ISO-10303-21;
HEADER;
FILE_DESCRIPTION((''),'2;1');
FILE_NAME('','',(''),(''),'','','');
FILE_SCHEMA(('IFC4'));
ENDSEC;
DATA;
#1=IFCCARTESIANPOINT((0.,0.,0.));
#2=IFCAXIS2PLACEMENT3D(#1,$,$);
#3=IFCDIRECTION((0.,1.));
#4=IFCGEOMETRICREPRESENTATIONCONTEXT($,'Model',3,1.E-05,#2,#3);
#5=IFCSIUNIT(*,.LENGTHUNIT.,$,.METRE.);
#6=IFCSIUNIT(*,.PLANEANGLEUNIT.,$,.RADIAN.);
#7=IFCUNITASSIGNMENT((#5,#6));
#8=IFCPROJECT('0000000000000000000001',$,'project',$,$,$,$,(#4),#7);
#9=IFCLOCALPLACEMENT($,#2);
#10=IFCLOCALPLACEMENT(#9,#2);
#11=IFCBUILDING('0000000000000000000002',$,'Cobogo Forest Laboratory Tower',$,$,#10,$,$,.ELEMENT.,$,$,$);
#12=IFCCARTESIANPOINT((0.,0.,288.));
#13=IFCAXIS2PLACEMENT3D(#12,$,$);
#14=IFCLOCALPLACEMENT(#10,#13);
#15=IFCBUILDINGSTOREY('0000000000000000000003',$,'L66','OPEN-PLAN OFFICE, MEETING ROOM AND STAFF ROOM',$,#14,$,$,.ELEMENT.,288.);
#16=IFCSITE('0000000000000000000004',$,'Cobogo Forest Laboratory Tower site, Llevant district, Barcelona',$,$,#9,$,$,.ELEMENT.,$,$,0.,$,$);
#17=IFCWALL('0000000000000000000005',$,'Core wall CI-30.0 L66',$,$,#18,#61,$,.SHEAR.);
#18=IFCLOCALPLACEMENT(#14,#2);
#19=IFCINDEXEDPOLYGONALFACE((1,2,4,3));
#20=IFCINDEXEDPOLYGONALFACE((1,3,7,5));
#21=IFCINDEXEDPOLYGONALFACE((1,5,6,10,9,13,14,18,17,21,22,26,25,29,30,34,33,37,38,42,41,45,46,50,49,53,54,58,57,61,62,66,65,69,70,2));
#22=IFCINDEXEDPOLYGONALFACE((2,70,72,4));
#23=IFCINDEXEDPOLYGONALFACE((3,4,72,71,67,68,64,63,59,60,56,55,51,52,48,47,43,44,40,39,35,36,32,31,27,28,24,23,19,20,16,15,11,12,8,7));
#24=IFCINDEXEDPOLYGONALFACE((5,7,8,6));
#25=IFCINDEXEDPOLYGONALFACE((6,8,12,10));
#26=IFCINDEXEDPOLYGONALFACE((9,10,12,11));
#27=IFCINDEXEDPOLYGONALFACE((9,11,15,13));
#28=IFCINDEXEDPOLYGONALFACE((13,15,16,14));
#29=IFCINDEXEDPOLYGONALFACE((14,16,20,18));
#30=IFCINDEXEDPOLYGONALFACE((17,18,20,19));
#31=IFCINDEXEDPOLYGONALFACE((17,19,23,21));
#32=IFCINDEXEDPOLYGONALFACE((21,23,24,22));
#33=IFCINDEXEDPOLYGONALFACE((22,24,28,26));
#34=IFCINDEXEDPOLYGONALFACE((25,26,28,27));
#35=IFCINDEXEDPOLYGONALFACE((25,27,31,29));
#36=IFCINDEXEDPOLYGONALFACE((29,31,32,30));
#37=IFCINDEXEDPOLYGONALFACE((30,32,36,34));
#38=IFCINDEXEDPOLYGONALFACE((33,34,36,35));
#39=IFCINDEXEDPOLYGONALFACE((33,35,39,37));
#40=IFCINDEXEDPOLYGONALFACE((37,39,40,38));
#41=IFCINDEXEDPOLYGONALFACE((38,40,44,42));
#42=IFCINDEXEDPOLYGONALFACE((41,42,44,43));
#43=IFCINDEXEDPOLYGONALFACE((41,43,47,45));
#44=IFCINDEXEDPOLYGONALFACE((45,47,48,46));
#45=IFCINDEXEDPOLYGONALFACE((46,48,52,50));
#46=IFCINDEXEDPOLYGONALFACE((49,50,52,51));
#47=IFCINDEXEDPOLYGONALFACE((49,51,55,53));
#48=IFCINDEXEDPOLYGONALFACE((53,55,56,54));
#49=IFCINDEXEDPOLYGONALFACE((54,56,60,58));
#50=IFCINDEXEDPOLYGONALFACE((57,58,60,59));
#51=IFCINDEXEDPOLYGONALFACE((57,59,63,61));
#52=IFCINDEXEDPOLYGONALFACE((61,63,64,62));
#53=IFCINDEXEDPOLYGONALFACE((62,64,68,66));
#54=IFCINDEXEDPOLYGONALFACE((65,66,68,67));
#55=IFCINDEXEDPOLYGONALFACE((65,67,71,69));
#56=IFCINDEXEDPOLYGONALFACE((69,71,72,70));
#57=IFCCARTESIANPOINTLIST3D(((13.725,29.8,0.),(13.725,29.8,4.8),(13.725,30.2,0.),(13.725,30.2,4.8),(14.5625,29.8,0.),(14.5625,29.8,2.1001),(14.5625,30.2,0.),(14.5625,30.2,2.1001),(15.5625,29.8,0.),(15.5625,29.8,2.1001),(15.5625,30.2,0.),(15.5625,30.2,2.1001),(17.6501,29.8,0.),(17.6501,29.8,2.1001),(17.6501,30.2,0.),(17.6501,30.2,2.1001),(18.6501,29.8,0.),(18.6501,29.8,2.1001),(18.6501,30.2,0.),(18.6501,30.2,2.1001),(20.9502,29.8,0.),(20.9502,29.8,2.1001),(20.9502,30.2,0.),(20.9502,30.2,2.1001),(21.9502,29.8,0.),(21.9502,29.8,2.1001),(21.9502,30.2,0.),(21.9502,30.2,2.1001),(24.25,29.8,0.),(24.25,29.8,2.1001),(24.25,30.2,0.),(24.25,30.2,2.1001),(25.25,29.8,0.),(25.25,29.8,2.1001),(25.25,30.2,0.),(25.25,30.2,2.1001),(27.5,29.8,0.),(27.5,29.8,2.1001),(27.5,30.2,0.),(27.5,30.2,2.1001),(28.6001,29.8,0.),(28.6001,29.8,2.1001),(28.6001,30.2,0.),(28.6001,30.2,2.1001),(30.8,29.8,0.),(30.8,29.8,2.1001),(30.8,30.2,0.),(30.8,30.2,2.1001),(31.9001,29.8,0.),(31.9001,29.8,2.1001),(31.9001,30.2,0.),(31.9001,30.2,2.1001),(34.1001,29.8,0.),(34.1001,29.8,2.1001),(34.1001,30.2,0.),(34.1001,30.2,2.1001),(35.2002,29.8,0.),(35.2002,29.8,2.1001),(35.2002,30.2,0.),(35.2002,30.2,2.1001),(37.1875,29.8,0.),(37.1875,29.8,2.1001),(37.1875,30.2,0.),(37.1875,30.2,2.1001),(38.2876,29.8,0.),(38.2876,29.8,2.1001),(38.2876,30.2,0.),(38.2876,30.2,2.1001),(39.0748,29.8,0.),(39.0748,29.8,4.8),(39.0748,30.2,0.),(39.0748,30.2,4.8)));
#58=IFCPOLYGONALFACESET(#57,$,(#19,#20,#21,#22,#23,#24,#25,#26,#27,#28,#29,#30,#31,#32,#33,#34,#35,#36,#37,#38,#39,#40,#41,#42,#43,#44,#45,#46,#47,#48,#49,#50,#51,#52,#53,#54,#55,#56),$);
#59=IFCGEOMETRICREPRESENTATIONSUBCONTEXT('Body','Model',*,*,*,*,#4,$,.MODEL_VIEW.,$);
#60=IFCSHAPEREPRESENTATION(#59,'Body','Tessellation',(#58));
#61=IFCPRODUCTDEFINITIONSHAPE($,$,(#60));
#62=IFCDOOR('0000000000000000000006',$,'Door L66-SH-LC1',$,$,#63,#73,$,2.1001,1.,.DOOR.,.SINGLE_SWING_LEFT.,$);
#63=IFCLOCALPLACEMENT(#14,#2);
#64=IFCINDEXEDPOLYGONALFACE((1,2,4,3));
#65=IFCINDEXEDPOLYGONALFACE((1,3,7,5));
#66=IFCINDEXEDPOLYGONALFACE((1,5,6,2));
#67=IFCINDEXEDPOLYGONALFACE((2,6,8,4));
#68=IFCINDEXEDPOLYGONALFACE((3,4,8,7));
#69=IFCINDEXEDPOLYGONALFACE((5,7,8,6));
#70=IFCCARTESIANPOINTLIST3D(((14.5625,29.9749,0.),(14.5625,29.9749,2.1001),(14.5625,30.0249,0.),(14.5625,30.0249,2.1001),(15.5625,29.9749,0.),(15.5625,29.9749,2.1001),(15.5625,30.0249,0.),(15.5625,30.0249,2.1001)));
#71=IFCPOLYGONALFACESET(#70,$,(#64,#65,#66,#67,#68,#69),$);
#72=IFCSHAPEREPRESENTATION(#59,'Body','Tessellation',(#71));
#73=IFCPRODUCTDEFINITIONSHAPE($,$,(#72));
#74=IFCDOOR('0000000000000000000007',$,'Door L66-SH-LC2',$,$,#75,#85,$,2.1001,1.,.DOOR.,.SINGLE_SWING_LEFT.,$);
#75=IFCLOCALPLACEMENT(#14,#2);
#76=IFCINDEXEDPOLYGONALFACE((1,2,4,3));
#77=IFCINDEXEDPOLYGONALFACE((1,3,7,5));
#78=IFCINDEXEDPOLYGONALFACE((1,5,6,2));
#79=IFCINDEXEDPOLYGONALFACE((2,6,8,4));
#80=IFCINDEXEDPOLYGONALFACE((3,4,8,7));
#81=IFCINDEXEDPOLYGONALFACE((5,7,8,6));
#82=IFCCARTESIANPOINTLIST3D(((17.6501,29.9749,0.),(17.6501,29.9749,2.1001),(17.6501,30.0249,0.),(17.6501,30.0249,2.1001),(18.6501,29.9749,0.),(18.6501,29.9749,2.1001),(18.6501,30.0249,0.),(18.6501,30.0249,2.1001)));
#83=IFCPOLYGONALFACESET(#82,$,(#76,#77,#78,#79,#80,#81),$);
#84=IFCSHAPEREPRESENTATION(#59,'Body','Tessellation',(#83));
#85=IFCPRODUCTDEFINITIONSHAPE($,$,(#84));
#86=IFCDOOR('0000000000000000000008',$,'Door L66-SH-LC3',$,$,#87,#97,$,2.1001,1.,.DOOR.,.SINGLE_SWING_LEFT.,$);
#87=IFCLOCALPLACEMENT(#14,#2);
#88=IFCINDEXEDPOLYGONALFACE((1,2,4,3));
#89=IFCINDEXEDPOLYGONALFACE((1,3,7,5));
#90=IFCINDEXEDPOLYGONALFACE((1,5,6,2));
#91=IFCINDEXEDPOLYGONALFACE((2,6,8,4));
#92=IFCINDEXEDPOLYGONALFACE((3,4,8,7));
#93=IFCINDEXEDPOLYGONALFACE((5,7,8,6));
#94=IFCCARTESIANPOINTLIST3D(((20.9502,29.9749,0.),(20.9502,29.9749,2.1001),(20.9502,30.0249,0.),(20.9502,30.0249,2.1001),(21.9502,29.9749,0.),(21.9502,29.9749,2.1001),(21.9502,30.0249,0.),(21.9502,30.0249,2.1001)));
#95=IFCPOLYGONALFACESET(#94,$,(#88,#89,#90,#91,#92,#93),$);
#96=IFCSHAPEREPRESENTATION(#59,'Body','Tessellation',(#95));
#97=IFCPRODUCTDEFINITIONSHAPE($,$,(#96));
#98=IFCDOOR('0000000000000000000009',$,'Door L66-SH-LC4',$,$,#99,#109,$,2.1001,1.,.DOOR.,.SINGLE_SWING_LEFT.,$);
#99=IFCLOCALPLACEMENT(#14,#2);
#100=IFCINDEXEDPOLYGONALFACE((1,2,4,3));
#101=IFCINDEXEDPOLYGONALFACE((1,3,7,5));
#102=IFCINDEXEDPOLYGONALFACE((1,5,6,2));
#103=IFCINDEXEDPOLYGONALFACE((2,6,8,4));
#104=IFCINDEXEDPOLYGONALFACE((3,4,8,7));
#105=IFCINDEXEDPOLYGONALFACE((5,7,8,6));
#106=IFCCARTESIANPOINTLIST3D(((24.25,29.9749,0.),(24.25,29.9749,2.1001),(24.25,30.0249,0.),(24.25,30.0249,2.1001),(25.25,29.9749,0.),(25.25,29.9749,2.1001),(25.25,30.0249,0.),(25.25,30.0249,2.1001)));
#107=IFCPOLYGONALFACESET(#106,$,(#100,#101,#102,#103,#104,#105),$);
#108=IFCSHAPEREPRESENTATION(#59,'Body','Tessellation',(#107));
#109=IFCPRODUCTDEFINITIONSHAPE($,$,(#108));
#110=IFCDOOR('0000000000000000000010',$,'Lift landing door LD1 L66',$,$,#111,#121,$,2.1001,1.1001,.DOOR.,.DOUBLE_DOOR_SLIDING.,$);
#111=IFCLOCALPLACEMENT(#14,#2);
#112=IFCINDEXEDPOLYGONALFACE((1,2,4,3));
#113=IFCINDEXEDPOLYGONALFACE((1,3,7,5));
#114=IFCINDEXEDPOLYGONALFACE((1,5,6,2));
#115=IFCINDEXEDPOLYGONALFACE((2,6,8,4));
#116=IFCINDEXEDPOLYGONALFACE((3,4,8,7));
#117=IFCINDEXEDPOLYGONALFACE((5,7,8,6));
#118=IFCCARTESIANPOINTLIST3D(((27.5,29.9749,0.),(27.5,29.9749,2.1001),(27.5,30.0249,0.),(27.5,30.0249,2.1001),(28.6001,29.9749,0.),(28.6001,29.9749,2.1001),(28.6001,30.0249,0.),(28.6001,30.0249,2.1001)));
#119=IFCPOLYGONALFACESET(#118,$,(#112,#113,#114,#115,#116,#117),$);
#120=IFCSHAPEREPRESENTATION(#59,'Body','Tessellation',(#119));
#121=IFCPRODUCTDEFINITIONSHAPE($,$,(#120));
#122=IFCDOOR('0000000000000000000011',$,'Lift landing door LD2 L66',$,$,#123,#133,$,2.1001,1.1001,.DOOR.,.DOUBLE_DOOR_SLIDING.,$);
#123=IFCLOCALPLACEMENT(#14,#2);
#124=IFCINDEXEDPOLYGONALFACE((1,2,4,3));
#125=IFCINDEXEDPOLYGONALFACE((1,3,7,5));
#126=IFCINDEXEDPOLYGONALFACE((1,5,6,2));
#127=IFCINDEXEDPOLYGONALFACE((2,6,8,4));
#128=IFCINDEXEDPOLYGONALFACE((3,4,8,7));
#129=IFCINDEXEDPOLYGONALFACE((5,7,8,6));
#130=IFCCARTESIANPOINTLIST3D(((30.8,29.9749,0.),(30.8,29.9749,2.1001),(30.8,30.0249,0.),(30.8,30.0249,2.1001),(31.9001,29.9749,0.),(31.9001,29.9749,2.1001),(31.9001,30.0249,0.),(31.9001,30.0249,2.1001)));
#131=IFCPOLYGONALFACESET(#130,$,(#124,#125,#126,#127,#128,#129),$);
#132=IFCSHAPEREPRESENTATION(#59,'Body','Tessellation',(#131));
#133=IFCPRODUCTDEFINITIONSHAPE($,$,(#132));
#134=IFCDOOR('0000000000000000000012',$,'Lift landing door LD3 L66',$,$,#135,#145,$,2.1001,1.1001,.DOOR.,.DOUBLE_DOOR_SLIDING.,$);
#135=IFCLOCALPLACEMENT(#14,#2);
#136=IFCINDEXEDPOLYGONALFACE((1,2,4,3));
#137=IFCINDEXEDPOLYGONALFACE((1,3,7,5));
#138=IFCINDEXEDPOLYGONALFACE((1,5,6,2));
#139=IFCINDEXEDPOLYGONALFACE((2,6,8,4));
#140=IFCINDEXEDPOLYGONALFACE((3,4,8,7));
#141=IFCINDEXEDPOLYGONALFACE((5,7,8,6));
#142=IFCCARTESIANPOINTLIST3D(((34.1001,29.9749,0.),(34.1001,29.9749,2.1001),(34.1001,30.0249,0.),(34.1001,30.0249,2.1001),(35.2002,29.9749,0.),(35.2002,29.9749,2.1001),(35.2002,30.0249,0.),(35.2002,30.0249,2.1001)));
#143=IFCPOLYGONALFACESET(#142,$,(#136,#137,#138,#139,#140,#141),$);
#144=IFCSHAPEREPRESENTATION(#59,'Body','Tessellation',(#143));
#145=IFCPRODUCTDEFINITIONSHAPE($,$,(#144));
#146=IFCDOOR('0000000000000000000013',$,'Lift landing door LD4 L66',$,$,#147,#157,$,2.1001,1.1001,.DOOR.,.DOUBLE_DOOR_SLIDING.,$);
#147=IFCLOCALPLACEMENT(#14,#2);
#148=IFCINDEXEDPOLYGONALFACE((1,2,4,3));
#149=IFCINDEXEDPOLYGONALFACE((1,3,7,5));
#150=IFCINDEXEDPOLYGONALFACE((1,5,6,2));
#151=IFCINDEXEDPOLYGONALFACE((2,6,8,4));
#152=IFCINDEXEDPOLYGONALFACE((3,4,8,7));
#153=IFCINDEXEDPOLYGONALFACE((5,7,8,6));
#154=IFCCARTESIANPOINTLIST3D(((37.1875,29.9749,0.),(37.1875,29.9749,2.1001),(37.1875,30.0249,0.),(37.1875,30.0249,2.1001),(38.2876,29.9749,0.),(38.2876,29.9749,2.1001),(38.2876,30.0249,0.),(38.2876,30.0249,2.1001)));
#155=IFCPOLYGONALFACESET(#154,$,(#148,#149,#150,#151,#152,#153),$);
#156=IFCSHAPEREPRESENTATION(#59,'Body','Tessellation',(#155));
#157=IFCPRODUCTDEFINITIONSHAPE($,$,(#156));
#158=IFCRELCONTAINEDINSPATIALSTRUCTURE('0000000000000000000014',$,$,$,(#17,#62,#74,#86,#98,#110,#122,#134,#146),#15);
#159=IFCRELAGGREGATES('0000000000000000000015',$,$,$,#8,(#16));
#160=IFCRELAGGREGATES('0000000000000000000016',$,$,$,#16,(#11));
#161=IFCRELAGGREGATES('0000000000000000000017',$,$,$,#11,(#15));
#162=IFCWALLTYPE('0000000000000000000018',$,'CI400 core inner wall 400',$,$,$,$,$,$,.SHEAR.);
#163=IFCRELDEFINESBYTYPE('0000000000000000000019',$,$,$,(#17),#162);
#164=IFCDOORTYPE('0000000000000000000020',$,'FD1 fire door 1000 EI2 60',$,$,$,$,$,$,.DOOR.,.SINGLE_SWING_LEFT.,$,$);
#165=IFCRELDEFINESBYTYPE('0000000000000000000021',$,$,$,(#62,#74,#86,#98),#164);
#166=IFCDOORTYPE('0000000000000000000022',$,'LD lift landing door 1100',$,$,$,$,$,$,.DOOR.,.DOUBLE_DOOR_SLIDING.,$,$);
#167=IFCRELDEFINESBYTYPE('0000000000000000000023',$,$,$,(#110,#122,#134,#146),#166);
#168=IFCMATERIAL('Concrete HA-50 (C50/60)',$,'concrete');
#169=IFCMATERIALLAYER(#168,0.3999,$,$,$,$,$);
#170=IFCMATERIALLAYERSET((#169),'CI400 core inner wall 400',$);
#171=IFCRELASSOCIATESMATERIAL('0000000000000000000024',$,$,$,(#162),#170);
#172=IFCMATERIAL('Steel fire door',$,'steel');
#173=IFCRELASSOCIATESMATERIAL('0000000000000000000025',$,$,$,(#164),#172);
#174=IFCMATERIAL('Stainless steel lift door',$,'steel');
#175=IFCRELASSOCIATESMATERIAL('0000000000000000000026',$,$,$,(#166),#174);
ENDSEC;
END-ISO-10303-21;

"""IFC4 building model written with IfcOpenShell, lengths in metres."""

from ifc_helpers import new_model, si_unit, direction, frame, frame_2d, origin, place, context, subcontext, project, spatial, rectangle, extrude, material, layer, layer_set, type_object, element, fill, save


model = new_model("IFC4")

# Units and contexts
model_context = context("Model", 3, precision=1e-05, world=origin(), true_north=direction((0.0, 1.0)))
body_context = subcontext(model_context, "Body", "Model", "MODEL_VIEW")
ifc_project = project(units=[si_unit("LENGTHUNIT", "METRE"), si_unit("PLANEANGLEUNIT", "RADIAN")], contexts=[model_context])

# Site, building, storey
site_placement = place(None, origin())
site = spatial("IfcSite", under=ifc_project, at=site_placement, Name="Cobogo Forest Laboratory Tower site, Llevant district, Barcelona", CompositionType="ELEMENT", RefElevation=0.0)
building_placement = place(site_placement, origin())
building = spatial("IfcBuilding", under=site, at=building_placement, Name="Cobogo Forest Laboratory Tower", CompositionType="ELEMENT")
storey_placement = place(building_placement, frame((0.0, 0.0, 288.0)))
storey = spatial("IfcBuildingStorey", under=building, at=storey_placement, Name="L66", Description="OPEN-PLAN OFFICE, MEETING ROOM AND STAFF ROOM", CompositionType="ELEMENT", Elevation=288.0)

# Shared definitions
ifc_material_1 = material(Name="Concrete HA-50 (C50/60)", Category="concrete")

# Wall, openings, doors
ifc_layer_1 = layer(ifc_material_1, 0.3999)
ifc_layer_set_1 = layer_set([ifc_layer_1], Name="CI400 core inner wall 400")
wall_type_1 = type_object("IfcWallType", Name="CI400 core inner wall 400", PredefinedType="SHEAR", material=ifc_layer_set_1)
wall_1_placement = place(storey_placement, frame((13.7251, 30.0, 0.0), z_axis=(0.0, 0.0, 1.0), x_axis=(1.0, 0.0, 0.0)))
wall_1 = element("IfcWall", 1, at=wall_1_placement, inside=storey, type_object=wall_type_1, Name="Core wall CI-30.0 L66", PredefinedType="SHEAR", context=body_context, shape_type="SweptSolid", body=[
    extrude(rectangle(XDim=25.3499, YDim=0.3999, at=frame_2d((12.6748, 0.0))), origin(), (0.0, 0.0, 1.0), 4.8),
])
opening_1_placement = place(wall_1_placement, frame((0.8374, 0.0, 0.0)))
opening_1 = element("IfcOpeningElement", 2, at=opening_1_placement, cuts=wall_1, PredefinedType="OPENING", context=body_context, shape_type="SweptSolid", body=[
    extrude(rectangle(XDim=1.0, YDim=2.1001, at=frame_2d((0.5, 1.05))), frame((0.0, 0.21, 0.0), z_axis=(0.0, -1.0, 0.0), x_axis=(1.0, 0.0, 0.0)), (0.0, 0.0, 1.0), 0.4199),
])
opening_2_placement = place(wall_1_placement, frame((3.925, 0.0, 0.0)))
opening_2 = element("IfcOpeningElement", 3, at=opening_2_placement, cuts=wall_1, PredefinedType="OPENING", context=body_context, shape_type="SweptSolid", body=[
    extrude(rectangle(XDim=1.0, YDim=2.1001, at=frame_2d((0.5, 1.05))), frame((0.0, 0.21, 0.0), z_axis=(0.0, -1.0, 0.0), x_axis=(1.0, 0.0, 0.0)), (0.0, 0.0, 1.0), 0.4199),
])
opening_3_placement = place(wall_1_placement, frame((7.2251, 0.0, 0.0)))
opening_3 = element("IfcOpeningElement", 4, at=opening_3_placement, cuts=wall_1, PredefinedType="OPENING", context=body_context, shape_type="SweptSolid", body=[
    extrude(rectangle(XDim=1.0, YDim=2.1001, at=frame_2d((0.5, 1.05))), frame((0.0, 0.21, 0.0), z_axis=(0.0, -1.0, 0.0), x_axis=(1.0, 0.0, 0.0)), (0.0, 0.0, 1.0), 0.4199),
])
opening_4_placement = place(wall_1_placement, frame((10.5249, 0.0, 0.0)))
opening_4 = element("IfcOpeningElement", 5, at=opening_4_placement, cuts=wall_1, PredefinedType="OPENING", context=body_context, shape_type="SweptSolid", body=[
    extrude(rectangle(XDim=1.0, YDim=2.1001, at=frame_2d((0.5, 1.05))), frame((0.0, 0.21, 0.0), z_axis=(0.0, -1.0, 0.0), x_axis=(1.0, 0.0, 0.0)), (0.0, 0.0, 1.0), 0.4199),
])
opening_5_placement = place(wall_1_placement, frame((13.7749, 0.0, 0.0)))
opening_5 = element("IfcOpeningElement", 6, at=opening_5_placement, cuts=wall_1, PredefinedType="OPENING", context=body_context, shape_type="SweptSolid", body=[
    extrude(rectangle(XDim=1.1001, YDim=2.1001, at=frame_2d((0.55, 1.05))), frame((0.0, 0.21, 0.0), z_axis=(0.0, -1.0, 0.0), x_axis=(1.0, 0.0, 0.0)), (0.0, 0.0, 1.0), 0.4199),
])
opening_6_placement = place(wall_1_placement, frame((17.075, 0.0, 0.0)))
opening_6 = element("IfcOpeningElement", 7, at=opening_6_placement, cuts=wall_1, PredefinedType="OPENING", context=body_context, shape_type="SweptSolid", body=[
    extrude(rectangle(XDim=1.1001, YDim=2.1001, at=frame_2d((0.55, 1.05))), frame((0.0, 0.21, 0.0), z_axis=(0.0, -1.0, 0.0), x_axis=(1.0, 0.0, 0.0)), (0.0, 0.0, 1.0), 0.4199),
])
opening_7_placement = place(wall_1_placement, frame((20.375, 0.0, 0.0)))
opening_7 = element("IfcOpeningElement", 8, at=opening_7_placement, cuts=wall_1, PredefinedType="OPENING", context=body_context, shape_type="SweptSolid", body=[
    extrude(rectangle(XDim=1.1001, YDim=2.1001, at=frame_2d((0.55, 1.05))), frame((0.0, 0.21, 0.0), z_axis=(0.0, -1.0, 0.0), x_axis=(1.0, 0.0, 0.0)), (0.0, 0.0, 1.0), 0.4199),
])
opening_8_placement = place(wall_1_placement, frame((23.4624, 0.0, 0.0)))
opening_8 = element("IfcOpeningElement", 9, at=opening_8_placement, cuts=wall_1, PredefinedType="OPENING", context=body_context, shape_type="SweptSolid", body=[
    extrude(rectangle(XDim=1.1001, YDim=2.1001, at=frame_2d((0.55, 1.05))), frame((0.0, 0.21, 0.0), z_axis=(0.0, -1.0, 0.0), x_axis=(1.0, 0.0, 0.0)), (0.0, 0.0, 1.0), 0.4199),
])
ifc_material_2 = material(Name="Steel fire door", Category="steel")
door_type_1 = type_object("IfcDoorType", Name="FD1 fire door 1000 EI2 60", OperationType="SINGLE_SWING_LEFT", PredefinedType="DOOR", material=ifc_material_2)
door_1_placement = place(opening_1_placement, origin())
door_1 = element("IfcDoor", 10, at=door_1_placement, inside=storey, type_object=door_type_1, Name="Door L66-SH-LC1", OperationType="SINGLE_SWING_LEFT", OverallHeight=2.1001, OverallWidth=1.0, PredefinedType="DOOR", context=body_context, shape_type="SweptSolid", body=[
    extrude(rectangle(XDim=1.0, YDim=2.1001, at=frame_2d((0.5, 1.05))), frame((0.0, 0.0249, 0.0), z_axis=(0.0, -1.0, 0.0), x_axis=(1.0, 0.0, 0.0)), (0.0, 0.0, 1.0), 0.05),
])
fill(opening_1, door_1)
door_2_placement = place(opening_2_placement, origin())
door_2 = element("IfcDoor", 11, at=door_2_placement, inside=storey, type_object=door_type_1, Name="Door L66-SH-LC2", OperationType="SINGLE_SWING_LEFT", OverallHeight=2.1001, OverallWidth=1.0, PredefinedType="DOOR", context=body_context, shape_type="SweptSolid", body=[
    extrude(rectangle(XDim=1.0, YDim=2.1001, at=frame_2d((0.5, 1.05))), frame((0.0, 0.0249, 0.0), z_axis=(0.0, -1.0, 0.0), x_axis=(1.0, 0.0, 0.0)), (0.0, 0.0, 1.0), 0.05),
])
fill(opening_2, door_2)
door_3_placement = place(opening_3_placement, origin())
door_3 = element("IfcDoor", 12, at=door_3_placement, inside=storey, type_object=door_type_1, Name="Door L66-SH-LC3", OperationType="SINGLE_SWING_LEFT", OverallHeight=2.1001, OverallWidth=1.0, PredefinedType="DOOR", context=body_context, shape_type="SweptSolid", body=[
    extrude(rectangle(XDim=1.0, YDim=2.1001, at=frame_2d((0.5, 1.05))), frame((0.0, 0.0249, 0.0), z_axis=(0.0, -1.0, 0.0), x_axis=(1.0, 0.0, 0.0)), (0.0, 0.0, 1.0), 0.05),
])
fill(opening_3, door_3)
door_4_placement = place(opening_4_placement, origin())
door_4 = element("IfcDoor", 13, at=door_4_placement, inside=storey, type_object=door_type_1, Name="Door L66-SH-LC4", OperationType="SINGLE_SWING_LEFT", OverallHeight=2.1001, OverallWidth=1.0, PredefinedType="DOOR", context=body_context, shape_type="SweptSolid", body=[
    extrude(rectangle(XDim=1.0, YDim=2.1001, at=frame_2d((0.5, 1.05))), frame((0.0, 0.0249, 0.0), z_axis=(0.0, -1.0, 0.0), x_axis=(1.0, 0.0, 0.0)), (0.0, 0.0, 1.0), 0.05),
])
fill(opening_4, door_4)
ifc_material_3 = material(Name="Stainless steel lift door", Category="steel")
door_type_2 = type_object("IfcDoorType", Name="LD lift landing door 1100", OperationType="DOUBLE_DOOR_SLIDING", PredefinedType="DOOR", material=ifc_material_3)
door_5_placement = place(opening_5_placement, origin())
door_5 = element("IfcDoor", 14, at=door_5_placement, inside=storey, type_object=door_type_2, Name="Lift landing door LD1 L66", OperationType="DOUBLE_DOOR_SLIDING", OverallHeight=2.1001, OverallWidth=1.1001, PredefinedType="DOOR", context=body_context, shape_type="SweptSolid", body=[
    extrude(rectangle(XDim=1.1001, YDim=2.1001, at=frame_2d((0.55, 1.05))), frame((0.0, 0.0249, 0.0), z_axis=(0.0, -1.0, 0.0), x_axis=(1.0, 0.0, 0.0)), (0.0, 0.0, 1.0), 0.05),
])
fill(opening_5, door_5)
door_6_placement = place(opening_6_placement, origin())
door_6 = element("IfcDoor", 15, at=door_6_placement, inside=storey, type_object=door_type_2, Name="Lift landing door LD2 L66", OperationType="DOUBLE_DOOR_SLIDING", OverallHeight=2.1001, OverallWidth=1.1001, PredefinedType="DOOR", context=body_context, shape_type="SweptSolid", body=[
    extrude(rectangle(XDim=1.1001, YDim=2.1001, at=frame_2d((0.55, 1.05))), frame((0.0, 0.0249, 0.0), z_axis=(0.0, -1.0, 0.0), x_axis=(1.0, 0.0, 0.0)), (0.0, 0.0, 1.0), 0.05),
])
fill(opening_6, door_6)
door_7_placement = place(opening_7_placement, origin())
door_7 = element("IfcDoor", 16, at=door_7_placement, inside=storey, type_object=door_type_2, Name="Lift landing door LD3 L66", OperationType="DOUBLE_DOOR_SLIDING", OverallHeight=2.1001, OverallWidth=1.1001, PredefinedType="DOOR", context=body_context, shape_type="SweptSolid", body=[
    extrude(rectangle(XDim=1.1001, YDim=2.1001, at=frame_2d((0.55, 1.05))), frame((0.0, 0.0249, 0.0), z_axis=(0.0, -1.0, 0.0), x_axis=(1.0, 0.0, 0.0)), (0.0, 0.0, 1.0), 0.05),
])
fill(opening_7, door_7)
door_8_placement = place(opening_8_placement, origin())
door_8 = element("IfcDoor", 17, at=door_8_placement, inside=storey, type_object=door_type_2, Name="Lift landing door LD4 L66", OperationType="DOUBLE_DOOR_SLIDING", OverallHeight=2.1001, OverallWidth=1.1001, PredefinedType="DOOR", context=body_context, shape_type="SweptSolid", body=[
    extrude(rectangle(XDim=1.1001, YDim=2.1001, at=frame_2d((0.55, 1.05))), frame((0.0, 0.0249, 0.0), z_axis=(0.0, -1.0, 0.0), x_axis=(1.0, 0.0, 0.0)), (0.0, 0.0, 1.0), 0.05),
])
fill(opening_8, door_8)

save(model, "model.ifc")
